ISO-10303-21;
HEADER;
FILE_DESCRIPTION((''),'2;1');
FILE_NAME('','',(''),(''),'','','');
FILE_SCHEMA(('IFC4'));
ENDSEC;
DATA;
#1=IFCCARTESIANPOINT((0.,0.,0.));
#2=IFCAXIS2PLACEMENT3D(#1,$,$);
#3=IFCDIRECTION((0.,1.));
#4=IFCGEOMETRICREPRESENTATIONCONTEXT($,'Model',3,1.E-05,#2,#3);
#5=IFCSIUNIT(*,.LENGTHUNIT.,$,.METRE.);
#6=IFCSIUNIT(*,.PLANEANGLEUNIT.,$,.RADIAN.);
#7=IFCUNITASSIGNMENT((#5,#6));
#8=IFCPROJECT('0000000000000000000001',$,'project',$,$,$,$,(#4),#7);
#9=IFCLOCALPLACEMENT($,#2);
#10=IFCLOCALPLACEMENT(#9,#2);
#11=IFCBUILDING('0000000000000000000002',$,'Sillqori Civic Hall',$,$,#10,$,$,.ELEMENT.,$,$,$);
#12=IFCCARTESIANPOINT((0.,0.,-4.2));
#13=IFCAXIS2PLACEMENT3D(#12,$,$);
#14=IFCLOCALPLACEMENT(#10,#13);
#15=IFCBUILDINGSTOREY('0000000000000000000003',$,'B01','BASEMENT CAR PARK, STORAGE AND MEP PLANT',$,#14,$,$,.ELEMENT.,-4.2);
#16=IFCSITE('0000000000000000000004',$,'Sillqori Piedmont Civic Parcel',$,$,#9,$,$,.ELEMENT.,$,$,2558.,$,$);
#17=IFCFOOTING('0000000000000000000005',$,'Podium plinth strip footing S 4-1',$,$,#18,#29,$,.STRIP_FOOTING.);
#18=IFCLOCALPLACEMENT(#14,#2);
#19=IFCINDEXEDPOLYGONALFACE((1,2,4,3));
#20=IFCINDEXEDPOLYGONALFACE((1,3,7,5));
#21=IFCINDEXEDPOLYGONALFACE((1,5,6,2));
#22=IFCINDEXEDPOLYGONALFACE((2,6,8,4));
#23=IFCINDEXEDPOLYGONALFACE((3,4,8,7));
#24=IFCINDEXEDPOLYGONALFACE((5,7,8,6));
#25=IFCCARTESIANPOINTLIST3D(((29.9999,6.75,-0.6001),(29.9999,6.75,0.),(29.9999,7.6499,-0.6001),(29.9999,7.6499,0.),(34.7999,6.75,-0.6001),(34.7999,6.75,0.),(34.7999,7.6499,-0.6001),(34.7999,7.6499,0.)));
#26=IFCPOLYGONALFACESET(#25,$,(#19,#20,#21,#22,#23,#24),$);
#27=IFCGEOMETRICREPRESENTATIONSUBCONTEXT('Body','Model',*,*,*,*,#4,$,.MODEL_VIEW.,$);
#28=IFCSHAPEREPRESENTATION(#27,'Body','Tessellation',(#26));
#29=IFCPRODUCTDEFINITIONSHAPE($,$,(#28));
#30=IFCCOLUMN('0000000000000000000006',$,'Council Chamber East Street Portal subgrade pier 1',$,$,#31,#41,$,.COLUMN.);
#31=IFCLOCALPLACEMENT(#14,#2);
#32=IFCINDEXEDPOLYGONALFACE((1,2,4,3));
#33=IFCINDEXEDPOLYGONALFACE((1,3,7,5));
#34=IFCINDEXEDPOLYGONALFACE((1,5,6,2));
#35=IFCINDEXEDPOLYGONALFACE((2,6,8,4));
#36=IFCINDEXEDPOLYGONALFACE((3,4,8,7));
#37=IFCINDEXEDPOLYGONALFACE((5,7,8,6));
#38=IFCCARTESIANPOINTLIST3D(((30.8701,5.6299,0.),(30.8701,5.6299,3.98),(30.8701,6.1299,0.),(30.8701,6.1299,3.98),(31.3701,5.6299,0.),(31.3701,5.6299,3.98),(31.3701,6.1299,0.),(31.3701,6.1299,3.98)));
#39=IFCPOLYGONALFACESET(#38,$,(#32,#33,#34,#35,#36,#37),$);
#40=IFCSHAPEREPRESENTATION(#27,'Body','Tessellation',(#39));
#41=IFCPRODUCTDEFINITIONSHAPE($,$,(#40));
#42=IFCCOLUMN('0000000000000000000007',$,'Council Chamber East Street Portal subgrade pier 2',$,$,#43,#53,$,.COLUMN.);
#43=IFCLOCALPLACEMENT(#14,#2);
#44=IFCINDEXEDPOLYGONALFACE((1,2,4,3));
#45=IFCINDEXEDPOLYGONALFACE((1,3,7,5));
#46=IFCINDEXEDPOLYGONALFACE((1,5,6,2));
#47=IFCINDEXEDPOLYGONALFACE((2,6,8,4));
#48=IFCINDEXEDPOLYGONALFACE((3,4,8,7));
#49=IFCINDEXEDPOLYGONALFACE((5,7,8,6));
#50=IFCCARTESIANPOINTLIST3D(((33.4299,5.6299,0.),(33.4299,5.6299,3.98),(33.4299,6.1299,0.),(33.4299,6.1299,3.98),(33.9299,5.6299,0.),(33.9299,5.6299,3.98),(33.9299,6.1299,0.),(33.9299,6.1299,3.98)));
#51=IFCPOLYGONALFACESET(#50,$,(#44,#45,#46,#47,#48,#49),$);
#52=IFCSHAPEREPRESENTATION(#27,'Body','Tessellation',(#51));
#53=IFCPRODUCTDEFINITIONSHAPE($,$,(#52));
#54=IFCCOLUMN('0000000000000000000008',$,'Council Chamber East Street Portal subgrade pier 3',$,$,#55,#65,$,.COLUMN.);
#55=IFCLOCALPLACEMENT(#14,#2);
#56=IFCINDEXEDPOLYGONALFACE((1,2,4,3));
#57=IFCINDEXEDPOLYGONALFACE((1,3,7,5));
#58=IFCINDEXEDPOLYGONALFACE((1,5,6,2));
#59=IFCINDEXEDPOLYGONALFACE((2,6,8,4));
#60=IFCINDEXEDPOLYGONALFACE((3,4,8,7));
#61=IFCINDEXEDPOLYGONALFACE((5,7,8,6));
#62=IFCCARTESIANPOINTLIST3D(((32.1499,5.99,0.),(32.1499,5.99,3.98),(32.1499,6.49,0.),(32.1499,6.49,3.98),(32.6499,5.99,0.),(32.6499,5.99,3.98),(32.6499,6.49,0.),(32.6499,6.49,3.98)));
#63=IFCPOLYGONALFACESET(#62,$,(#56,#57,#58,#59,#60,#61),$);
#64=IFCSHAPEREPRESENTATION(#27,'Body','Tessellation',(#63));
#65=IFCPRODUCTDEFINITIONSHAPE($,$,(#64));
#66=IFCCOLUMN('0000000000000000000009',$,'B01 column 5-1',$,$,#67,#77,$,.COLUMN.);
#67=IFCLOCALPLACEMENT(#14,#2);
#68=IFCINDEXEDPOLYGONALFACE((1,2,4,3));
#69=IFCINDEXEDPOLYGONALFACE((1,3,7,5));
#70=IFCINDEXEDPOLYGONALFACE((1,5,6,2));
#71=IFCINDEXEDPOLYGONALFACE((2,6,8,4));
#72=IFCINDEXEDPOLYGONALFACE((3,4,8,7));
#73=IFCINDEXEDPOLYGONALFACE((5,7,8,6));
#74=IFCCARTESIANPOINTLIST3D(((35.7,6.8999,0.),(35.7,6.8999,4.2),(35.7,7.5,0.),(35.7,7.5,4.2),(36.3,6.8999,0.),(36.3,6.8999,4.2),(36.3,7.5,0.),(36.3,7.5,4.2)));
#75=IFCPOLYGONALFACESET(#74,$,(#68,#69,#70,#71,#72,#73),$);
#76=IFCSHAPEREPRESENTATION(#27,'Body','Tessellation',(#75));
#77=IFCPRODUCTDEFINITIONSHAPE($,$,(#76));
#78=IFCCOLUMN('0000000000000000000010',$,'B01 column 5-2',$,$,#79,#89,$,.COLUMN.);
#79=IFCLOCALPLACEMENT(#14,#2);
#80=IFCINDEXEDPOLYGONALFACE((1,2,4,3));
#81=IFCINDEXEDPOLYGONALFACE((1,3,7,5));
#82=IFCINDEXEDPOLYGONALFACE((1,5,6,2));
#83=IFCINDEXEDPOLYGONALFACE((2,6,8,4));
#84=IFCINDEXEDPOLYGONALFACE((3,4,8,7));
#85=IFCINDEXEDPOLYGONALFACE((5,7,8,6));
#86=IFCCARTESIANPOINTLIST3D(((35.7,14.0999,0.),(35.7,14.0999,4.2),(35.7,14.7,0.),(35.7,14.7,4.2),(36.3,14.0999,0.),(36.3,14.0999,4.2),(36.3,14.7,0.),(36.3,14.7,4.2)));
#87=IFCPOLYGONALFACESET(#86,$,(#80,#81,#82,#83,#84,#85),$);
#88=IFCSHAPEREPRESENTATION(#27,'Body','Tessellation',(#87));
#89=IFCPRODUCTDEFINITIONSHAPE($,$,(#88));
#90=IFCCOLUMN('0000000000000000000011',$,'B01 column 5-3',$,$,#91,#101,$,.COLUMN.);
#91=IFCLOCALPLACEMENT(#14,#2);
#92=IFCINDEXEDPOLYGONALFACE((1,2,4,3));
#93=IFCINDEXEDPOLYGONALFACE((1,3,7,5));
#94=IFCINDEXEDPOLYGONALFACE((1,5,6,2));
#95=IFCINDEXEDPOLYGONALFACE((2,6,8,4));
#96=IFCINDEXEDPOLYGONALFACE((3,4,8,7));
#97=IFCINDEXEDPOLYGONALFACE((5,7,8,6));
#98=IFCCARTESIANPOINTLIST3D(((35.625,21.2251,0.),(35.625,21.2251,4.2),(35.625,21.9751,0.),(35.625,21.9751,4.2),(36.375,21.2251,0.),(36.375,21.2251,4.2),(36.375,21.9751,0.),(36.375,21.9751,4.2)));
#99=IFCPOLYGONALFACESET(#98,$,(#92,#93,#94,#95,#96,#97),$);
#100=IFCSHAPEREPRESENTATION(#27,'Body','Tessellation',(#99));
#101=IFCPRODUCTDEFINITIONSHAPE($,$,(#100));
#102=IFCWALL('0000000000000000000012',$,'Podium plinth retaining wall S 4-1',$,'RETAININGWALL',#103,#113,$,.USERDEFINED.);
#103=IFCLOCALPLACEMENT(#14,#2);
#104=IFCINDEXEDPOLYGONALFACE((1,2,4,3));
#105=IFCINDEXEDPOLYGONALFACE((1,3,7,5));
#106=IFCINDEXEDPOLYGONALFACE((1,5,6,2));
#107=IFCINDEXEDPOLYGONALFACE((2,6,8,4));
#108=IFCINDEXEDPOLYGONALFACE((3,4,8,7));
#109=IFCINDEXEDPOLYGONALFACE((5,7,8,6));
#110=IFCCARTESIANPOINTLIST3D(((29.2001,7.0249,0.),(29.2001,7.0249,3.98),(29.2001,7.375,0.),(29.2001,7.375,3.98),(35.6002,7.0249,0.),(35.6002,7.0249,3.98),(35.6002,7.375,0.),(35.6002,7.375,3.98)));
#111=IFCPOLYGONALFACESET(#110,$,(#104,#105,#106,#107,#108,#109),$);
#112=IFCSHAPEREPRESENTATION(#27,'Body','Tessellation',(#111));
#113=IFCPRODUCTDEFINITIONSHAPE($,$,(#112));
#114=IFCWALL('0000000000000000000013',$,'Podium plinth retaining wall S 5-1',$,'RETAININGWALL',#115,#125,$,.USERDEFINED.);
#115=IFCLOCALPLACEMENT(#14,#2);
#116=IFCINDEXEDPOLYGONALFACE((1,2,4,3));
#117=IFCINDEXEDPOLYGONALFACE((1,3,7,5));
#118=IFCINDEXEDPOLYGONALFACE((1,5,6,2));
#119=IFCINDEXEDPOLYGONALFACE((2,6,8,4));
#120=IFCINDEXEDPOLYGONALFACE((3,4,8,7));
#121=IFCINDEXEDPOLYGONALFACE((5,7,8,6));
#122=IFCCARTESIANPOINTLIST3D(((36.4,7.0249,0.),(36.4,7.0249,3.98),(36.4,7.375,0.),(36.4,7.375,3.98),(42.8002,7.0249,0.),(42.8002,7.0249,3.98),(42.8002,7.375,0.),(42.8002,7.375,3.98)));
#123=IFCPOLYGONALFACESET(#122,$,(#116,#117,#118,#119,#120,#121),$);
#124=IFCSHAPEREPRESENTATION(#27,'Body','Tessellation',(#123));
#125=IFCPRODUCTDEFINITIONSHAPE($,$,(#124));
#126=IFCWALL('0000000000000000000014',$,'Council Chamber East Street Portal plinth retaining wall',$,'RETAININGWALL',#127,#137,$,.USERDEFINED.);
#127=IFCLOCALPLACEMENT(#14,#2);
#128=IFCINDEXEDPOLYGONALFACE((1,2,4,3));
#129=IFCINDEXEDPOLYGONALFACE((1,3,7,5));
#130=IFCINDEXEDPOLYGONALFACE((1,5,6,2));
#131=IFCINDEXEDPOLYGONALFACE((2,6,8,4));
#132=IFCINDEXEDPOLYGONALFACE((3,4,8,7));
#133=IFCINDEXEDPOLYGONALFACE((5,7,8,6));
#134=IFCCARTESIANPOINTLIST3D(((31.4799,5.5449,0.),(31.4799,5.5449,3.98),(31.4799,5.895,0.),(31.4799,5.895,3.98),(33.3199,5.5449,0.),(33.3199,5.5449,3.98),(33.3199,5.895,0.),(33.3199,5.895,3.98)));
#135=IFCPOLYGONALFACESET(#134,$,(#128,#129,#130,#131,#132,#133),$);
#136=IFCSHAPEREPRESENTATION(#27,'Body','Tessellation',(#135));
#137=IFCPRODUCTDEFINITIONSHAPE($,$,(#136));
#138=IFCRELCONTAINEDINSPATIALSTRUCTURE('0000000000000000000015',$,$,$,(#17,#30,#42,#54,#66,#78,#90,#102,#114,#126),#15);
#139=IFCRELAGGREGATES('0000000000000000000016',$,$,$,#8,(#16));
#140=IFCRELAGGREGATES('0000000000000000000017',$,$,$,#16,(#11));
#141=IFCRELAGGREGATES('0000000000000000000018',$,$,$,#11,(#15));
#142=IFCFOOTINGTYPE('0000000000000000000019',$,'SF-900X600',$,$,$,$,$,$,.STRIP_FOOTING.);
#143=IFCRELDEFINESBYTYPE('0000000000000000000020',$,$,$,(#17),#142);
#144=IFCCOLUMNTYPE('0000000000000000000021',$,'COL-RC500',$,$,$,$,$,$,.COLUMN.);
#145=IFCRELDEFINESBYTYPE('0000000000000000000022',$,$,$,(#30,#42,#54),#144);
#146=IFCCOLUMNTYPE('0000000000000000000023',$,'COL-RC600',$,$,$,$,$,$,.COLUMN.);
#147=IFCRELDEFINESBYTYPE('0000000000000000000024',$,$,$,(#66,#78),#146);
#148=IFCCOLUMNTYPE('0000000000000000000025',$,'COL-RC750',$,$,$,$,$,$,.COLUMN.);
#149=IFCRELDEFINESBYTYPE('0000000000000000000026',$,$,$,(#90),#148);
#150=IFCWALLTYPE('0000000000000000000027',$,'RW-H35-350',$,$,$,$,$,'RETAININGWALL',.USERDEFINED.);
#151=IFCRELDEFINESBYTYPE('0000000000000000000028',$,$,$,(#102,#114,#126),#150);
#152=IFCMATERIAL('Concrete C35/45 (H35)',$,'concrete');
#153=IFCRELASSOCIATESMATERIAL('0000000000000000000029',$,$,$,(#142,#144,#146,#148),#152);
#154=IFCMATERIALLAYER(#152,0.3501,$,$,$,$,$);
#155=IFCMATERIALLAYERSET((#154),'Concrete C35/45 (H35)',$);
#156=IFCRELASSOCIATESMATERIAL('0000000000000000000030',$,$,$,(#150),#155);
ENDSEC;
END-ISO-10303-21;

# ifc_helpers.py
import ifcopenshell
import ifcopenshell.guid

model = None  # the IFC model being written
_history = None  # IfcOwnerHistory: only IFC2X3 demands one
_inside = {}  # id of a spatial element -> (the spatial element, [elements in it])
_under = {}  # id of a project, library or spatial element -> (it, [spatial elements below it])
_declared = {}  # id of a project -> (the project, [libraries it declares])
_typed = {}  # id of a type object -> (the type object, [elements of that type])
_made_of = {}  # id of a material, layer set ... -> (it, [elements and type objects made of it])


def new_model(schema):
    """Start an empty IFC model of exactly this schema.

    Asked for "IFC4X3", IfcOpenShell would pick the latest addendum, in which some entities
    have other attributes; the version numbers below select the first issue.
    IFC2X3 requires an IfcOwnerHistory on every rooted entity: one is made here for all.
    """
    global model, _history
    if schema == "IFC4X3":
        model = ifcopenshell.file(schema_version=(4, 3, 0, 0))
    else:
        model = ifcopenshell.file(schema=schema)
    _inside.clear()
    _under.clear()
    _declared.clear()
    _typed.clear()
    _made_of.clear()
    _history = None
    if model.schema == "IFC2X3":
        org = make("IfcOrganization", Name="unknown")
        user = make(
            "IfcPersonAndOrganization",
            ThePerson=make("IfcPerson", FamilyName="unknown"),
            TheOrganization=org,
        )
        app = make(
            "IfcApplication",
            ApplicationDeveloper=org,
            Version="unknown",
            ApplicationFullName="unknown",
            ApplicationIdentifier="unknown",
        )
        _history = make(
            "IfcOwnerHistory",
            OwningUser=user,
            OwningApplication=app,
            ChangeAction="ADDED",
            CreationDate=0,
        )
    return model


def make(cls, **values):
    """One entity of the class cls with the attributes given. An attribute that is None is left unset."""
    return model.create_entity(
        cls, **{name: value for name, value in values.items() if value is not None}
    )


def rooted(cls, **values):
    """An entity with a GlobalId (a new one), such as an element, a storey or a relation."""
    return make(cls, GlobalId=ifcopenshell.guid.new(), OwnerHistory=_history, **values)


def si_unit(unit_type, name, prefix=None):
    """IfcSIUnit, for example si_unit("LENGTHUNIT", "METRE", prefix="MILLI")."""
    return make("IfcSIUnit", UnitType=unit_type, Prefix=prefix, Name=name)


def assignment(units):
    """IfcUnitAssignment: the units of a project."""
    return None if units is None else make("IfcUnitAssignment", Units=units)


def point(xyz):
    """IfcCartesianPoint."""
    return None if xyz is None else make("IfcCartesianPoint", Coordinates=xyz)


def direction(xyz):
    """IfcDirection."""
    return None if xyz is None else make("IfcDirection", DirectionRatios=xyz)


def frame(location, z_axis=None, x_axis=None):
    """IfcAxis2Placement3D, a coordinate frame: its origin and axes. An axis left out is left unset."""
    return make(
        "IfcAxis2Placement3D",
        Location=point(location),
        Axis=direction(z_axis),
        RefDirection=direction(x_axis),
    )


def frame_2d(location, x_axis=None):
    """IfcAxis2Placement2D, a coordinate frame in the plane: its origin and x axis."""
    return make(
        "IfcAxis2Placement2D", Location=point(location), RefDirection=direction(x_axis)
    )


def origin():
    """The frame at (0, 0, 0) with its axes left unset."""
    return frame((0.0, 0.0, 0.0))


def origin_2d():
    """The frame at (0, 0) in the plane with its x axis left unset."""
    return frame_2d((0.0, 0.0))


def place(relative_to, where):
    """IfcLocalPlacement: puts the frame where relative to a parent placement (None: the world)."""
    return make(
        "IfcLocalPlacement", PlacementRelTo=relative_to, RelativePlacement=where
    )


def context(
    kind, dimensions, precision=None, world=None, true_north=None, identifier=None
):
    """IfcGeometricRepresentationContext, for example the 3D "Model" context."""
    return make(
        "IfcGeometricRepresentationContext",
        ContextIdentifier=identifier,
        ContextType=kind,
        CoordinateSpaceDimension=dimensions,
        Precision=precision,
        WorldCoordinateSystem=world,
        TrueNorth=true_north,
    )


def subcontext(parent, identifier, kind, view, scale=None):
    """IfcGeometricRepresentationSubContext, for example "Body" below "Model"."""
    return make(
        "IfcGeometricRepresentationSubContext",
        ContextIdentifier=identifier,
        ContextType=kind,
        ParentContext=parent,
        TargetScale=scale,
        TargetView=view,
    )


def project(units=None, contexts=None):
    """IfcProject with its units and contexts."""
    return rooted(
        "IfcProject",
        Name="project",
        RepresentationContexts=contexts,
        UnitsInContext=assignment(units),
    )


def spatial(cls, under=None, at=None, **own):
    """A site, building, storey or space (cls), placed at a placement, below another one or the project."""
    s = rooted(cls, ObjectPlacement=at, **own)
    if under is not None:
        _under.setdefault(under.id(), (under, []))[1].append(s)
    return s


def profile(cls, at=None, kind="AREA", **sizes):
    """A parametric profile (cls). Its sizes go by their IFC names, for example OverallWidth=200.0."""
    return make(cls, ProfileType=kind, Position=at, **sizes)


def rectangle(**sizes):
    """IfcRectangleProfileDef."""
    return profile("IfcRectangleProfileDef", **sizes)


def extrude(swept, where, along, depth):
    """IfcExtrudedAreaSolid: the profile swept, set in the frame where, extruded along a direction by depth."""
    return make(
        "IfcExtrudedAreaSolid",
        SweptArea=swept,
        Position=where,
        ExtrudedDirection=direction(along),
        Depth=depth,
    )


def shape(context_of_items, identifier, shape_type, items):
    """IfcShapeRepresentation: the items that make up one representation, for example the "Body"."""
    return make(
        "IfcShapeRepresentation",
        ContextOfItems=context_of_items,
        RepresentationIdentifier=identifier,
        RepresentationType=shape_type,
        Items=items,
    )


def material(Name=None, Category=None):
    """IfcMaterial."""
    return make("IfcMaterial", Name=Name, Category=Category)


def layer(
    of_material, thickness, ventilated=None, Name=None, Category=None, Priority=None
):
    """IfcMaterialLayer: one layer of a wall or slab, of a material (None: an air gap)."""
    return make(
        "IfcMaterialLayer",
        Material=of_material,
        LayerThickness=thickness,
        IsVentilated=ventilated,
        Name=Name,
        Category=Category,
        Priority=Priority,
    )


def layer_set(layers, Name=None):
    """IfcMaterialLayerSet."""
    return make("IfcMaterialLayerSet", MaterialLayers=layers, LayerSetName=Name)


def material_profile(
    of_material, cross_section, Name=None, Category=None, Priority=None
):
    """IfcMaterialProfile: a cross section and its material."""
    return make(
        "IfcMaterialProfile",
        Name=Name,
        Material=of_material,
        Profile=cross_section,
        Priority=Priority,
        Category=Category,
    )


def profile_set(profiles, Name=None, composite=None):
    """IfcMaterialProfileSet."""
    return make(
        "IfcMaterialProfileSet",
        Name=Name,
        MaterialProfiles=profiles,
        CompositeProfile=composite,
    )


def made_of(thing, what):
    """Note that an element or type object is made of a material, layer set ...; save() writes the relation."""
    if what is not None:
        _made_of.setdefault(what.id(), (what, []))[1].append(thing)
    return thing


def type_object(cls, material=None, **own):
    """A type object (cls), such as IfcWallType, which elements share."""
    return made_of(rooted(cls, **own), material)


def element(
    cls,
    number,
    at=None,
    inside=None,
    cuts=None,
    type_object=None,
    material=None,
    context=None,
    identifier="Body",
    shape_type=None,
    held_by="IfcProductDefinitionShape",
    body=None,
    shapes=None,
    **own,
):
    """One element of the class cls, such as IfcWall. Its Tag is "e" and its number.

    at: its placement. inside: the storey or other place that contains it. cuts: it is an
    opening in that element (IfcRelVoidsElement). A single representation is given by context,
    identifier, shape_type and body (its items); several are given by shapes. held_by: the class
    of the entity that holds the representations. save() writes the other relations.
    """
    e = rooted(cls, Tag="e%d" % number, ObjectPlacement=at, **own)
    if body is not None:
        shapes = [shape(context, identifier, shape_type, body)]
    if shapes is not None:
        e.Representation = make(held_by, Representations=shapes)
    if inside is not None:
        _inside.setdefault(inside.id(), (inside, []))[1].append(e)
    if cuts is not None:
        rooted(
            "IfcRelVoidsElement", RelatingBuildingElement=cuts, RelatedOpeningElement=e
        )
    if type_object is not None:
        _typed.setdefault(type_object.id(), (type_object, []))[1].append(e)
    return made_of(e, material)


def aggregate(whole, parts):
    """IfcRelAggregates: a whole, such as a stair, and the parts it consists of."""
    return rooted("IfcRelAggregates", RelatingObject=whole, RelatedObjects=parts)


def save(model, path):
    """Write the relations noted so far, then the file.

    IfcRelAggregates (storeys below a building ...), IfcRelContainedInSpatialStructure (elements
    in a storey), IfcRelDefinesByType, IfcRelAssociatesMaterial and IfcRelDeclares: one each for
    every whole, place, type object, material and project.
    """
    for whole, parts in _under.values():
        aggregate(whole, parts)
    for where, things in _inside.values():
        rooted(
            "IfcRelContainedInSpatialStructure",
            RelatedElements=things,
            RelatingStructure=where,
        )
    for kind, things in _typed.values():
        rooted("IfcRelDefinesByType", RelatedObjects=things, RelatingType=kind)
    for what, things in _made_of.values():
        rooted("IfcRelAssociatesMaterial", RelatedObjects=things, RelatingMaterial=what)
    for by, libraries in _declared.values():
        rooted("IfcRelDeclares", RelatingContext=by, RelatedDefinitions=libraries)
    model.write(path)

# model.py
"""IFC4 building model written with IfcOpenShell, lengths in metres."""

from ifc_helpers import new_model, si_unit, direction, frame, frame_2d, origin, origin_2d, place, context, subcontext, project, spatial, rectangle, extrude, material, layer, layer_set, material_profile, profile_set, type_object, element, save


model = new_model("IFC4")

# Units and contexts
model_context = context("Model", 3, precision=1e-05, world=origin(), true_north=direction((0.0, 1.0)))
body_context = subcontext(model_context, "Body", "Model", "MODEL_VIEW")
ifc_project = project(units=[si_unit("LENGTHUNIT", "METRE"), si_unit("PLANEANGLEUNIT", "RADIAN")], contexts=[model_context])

# Site, building, storey
site_placement = place(None, origin())
site = spatial("IfcSite", under=ifc_project, at=site_placement, Name="Sillqori Piedmont Civic Parcel", CompositionType="ELEMENT", RefElevation=2558.0)
building_placement = place(site_placement, origin())
building = spatial("IfcBuilding", under=site, at=building_placement, Name="Sillqori Civic Hall", CompositionType="ELEMENT")
storey_placement = place(building_placement, frame((0.0, 0.0, -4.2)))
storey = spatial("IfcBuildingStorey", under=building, at=storey_placement, Name="B01", Description="BASEMENT CAR PARK, STORAGE AND MEP PLANT", CompositionType="ELEMENT", Elevation=-4.2)

# Shared definitions
ifc_material = material(Name="Concrete C35/45 (H35)", Category="concrete")

# Footing
footing_type_1 = type_object("IfcFootingType", Name="SF-900X600", PredefinedType="STRIP_FOOTING", material=ifc_material)
footing_1_placement = place(storey_placement, frame((32.3999, 7.2, -0.6001), z_axis=(0.0, 0.0, 1.0), x_axis=(1.0, 0.0, 0.0)))
element("IfcFooting", 1, at=footing_1_placement, inside=storey, type_object=footing_type_1, Name="Podium plinth strip footing S 4-1", PredefinedType="STRIP_FOOTING", context=body_context, shape_type="SweptSolid", body=[
    extrude(rectangle(XDim=4.8, YDim=0.8999, at=origin_2d()), origin(), (0.0, 0.0, 1.0), 0.6001),
])

# Columns
ifc_material_profile_1 = material_profile(ifc_material, rectangle(XDim=0.5, YDim=0.5, at=origin_2d()), Name="RC 500x500")
ifc_profile_set_1 = profile_set([ifc_material_profile_1], Name="Concrete C35/45 (H35)")
column_type_1 = type_object("IfcColumnType", Name="COL-RC500", PredefinedType="COLUMN", material=ifc_profile_set_1)
for number, where, z_axis, x_axis, name in (
    (2, (31.1201, 5.8799, 0.0), (0.0, 0.0, 1.0), (1.0, 0.0, 0.0), "Council Chamber East Street Portal subgrade pier 1"),
    (3, (33.6799, 5.8799, 0.0), (0.0, 0.0, 1.0), (1.0, 0.0, 0.0), "Council Chamber East Street Portal subgrade pier 2"),
    (4, (32.3999, 6.24, 0.0), (0.0, 0.0, 1.0), (1.0, 0.0, 0.0), "Council Chamber East Street Portal subgrade pier 3"),
):
    element("IfcColumn", number, at=place(storey_placement, frame(where, z_axis=z_axis, x_axis=x_axis)), inside=storey, type_object=column_type_1, Name=name, PredefinedType="COLUMN", context=body_context, shape_type="SweptSolid", body=[
        extrude(rectangle(XDim=0.5, YDim=0.5, at=origin_2d()), origin(), (0.0, 0.0, 1.0), 3.98),
    ])
ifc_material_profile_2 = material_profile(ifc_material, rectangle(XDim=0.6001, YDim=0.6001, at=origin_2d()), Name="RC 600x600")
ifc_profile_set_2 = profile_set([ifc_material_profile_2], Name="Concrete C35/45 (H35)")
column_type_2 = type_object("IfcColumnType", Name="COL-RC600", PredefinedType="COLUMN", material=ifc_profile_set_2)
for number, where, z_axis, x_axis, name in (
    (5, (36.0, 7.2, 0.0), (0.0, 0.0, 1.0), (1.0, 0.0, 0.0), "B01 column 5-1"),
    (6, (36.0, 14.3999, 0.0), (0.0, 0.0, 1.0), (1.0, 0.0, 0.0), "B01 column 5-2"),
):
    element("IfcColumn", number, at=place(storey_placement, frame(where, z_axis=z_axis, x_axis=x_axis)), inside=storey, type_object=column_type_2, Name=name, PredefinedType="COLUMN", context=body_context, shape_type="SweptSolid", body=[
        extrude(rectangle(XDim=0.6001, YDim=0.6001, at=origin_2d()), origin(), (0.0, 0.0, 1.0), 4.2),
    ])
ifc_material_profile_3 = material_profile(ifc_material, rectangle(XDim=0.75, YDim=0.75, at=origin_2d()), Name="RC 750x750")
ifc_profile_set_3 = profile_set([ifc_material_profile_3], Name="Concrete C35/45 (H35)")
column_type_3 = type_object("IfcColumnType", Name="COL-RC750", PredefinedType="COLUMN", material=ifc_profile_set_3)
column_placement = place(storey_placement, frame((36.0, 21.6001, 0.0), z_axis=(0.0, 0.0, 1.0), x_axis=(1.0, 0.0, 0.0)))
element("IfcColumn", 7, at=column_placement, inside=storey, type_object=column_type_3, Name="B01 column 5-3", PredefinedType="COLUMN", context=body_context, shape_type="SweptSolid", body=[
    extrude(rectangle(XDim=0.75, YDim=0.75, at=origin_2d()), origin(), (0.0, 0.0, 1.0), 4.2),
])

# Walls
ifc_layer = layer(ifc_material, 0.3501)
ifc_layer_set = layer_set([ifc_layer], Name="Concrete C35/45 (H35)")
wall_type = type_object("IfcWallType", Name="RW-H35-350", ElementType="RETAININGWALL", PredefinedType="USERDEFINED", material=ifc_layer_set)
for number, where, z_axis, x_axis, name in (
    (8, (29.2, 7.2, 0.0), (0.0, 0.0, 1.0), (1.0, 0.0, 0.0), "Podium plinth retaining wall S 4-1"),
    (9, (36.3999, 7.2, 0.0), (0.0, 0.0, 1.0), (1.0, 0.0, 0.0), "Podium plinth retaining wall S 5-1"),
):
    element("IfcWall", number, at=place(storey_placement, frame(where, z_axis=z_axis, x_axis=x_axis)), inside=storey, type_object=wall_type, Name=name, ObjectType="RETAININGWALL", PredefinedType="USERDEFINED", context=body_context, shape_type="SweptSolid", body=[
        extrude(rectangle(XDim=6.4001, YDim=0.3501, at=frame_2d((3.2002, 0.0))), origin(), (0.0, 0.0, 1.0), 3.98),
    ])
wall_placement = place(storey_placement, frame((31.48, 5.72, 0.0), z_axis=(0.0, 0.0, 1.0), x_axis=(1.0, 0.0, 0.0)))
element("IfcWall", 10, at=wall_placement, inside=storey, type_object=wall_type, Name="Council Chamber East Street Portal plinth retaining wall", ObjectType="RETAININGWALL", PredefinedType="USERDEFINED", context=body_context, shape_type="SweptSolid", body=[
    extrude(rectangle(XDim=1.8401, YDim=0.3501, at=frame_2d((0.9199, 0.0))), origin(), (0.0, 0.0, 1.0), 3.98),
])

save(model, "model.ifc")
